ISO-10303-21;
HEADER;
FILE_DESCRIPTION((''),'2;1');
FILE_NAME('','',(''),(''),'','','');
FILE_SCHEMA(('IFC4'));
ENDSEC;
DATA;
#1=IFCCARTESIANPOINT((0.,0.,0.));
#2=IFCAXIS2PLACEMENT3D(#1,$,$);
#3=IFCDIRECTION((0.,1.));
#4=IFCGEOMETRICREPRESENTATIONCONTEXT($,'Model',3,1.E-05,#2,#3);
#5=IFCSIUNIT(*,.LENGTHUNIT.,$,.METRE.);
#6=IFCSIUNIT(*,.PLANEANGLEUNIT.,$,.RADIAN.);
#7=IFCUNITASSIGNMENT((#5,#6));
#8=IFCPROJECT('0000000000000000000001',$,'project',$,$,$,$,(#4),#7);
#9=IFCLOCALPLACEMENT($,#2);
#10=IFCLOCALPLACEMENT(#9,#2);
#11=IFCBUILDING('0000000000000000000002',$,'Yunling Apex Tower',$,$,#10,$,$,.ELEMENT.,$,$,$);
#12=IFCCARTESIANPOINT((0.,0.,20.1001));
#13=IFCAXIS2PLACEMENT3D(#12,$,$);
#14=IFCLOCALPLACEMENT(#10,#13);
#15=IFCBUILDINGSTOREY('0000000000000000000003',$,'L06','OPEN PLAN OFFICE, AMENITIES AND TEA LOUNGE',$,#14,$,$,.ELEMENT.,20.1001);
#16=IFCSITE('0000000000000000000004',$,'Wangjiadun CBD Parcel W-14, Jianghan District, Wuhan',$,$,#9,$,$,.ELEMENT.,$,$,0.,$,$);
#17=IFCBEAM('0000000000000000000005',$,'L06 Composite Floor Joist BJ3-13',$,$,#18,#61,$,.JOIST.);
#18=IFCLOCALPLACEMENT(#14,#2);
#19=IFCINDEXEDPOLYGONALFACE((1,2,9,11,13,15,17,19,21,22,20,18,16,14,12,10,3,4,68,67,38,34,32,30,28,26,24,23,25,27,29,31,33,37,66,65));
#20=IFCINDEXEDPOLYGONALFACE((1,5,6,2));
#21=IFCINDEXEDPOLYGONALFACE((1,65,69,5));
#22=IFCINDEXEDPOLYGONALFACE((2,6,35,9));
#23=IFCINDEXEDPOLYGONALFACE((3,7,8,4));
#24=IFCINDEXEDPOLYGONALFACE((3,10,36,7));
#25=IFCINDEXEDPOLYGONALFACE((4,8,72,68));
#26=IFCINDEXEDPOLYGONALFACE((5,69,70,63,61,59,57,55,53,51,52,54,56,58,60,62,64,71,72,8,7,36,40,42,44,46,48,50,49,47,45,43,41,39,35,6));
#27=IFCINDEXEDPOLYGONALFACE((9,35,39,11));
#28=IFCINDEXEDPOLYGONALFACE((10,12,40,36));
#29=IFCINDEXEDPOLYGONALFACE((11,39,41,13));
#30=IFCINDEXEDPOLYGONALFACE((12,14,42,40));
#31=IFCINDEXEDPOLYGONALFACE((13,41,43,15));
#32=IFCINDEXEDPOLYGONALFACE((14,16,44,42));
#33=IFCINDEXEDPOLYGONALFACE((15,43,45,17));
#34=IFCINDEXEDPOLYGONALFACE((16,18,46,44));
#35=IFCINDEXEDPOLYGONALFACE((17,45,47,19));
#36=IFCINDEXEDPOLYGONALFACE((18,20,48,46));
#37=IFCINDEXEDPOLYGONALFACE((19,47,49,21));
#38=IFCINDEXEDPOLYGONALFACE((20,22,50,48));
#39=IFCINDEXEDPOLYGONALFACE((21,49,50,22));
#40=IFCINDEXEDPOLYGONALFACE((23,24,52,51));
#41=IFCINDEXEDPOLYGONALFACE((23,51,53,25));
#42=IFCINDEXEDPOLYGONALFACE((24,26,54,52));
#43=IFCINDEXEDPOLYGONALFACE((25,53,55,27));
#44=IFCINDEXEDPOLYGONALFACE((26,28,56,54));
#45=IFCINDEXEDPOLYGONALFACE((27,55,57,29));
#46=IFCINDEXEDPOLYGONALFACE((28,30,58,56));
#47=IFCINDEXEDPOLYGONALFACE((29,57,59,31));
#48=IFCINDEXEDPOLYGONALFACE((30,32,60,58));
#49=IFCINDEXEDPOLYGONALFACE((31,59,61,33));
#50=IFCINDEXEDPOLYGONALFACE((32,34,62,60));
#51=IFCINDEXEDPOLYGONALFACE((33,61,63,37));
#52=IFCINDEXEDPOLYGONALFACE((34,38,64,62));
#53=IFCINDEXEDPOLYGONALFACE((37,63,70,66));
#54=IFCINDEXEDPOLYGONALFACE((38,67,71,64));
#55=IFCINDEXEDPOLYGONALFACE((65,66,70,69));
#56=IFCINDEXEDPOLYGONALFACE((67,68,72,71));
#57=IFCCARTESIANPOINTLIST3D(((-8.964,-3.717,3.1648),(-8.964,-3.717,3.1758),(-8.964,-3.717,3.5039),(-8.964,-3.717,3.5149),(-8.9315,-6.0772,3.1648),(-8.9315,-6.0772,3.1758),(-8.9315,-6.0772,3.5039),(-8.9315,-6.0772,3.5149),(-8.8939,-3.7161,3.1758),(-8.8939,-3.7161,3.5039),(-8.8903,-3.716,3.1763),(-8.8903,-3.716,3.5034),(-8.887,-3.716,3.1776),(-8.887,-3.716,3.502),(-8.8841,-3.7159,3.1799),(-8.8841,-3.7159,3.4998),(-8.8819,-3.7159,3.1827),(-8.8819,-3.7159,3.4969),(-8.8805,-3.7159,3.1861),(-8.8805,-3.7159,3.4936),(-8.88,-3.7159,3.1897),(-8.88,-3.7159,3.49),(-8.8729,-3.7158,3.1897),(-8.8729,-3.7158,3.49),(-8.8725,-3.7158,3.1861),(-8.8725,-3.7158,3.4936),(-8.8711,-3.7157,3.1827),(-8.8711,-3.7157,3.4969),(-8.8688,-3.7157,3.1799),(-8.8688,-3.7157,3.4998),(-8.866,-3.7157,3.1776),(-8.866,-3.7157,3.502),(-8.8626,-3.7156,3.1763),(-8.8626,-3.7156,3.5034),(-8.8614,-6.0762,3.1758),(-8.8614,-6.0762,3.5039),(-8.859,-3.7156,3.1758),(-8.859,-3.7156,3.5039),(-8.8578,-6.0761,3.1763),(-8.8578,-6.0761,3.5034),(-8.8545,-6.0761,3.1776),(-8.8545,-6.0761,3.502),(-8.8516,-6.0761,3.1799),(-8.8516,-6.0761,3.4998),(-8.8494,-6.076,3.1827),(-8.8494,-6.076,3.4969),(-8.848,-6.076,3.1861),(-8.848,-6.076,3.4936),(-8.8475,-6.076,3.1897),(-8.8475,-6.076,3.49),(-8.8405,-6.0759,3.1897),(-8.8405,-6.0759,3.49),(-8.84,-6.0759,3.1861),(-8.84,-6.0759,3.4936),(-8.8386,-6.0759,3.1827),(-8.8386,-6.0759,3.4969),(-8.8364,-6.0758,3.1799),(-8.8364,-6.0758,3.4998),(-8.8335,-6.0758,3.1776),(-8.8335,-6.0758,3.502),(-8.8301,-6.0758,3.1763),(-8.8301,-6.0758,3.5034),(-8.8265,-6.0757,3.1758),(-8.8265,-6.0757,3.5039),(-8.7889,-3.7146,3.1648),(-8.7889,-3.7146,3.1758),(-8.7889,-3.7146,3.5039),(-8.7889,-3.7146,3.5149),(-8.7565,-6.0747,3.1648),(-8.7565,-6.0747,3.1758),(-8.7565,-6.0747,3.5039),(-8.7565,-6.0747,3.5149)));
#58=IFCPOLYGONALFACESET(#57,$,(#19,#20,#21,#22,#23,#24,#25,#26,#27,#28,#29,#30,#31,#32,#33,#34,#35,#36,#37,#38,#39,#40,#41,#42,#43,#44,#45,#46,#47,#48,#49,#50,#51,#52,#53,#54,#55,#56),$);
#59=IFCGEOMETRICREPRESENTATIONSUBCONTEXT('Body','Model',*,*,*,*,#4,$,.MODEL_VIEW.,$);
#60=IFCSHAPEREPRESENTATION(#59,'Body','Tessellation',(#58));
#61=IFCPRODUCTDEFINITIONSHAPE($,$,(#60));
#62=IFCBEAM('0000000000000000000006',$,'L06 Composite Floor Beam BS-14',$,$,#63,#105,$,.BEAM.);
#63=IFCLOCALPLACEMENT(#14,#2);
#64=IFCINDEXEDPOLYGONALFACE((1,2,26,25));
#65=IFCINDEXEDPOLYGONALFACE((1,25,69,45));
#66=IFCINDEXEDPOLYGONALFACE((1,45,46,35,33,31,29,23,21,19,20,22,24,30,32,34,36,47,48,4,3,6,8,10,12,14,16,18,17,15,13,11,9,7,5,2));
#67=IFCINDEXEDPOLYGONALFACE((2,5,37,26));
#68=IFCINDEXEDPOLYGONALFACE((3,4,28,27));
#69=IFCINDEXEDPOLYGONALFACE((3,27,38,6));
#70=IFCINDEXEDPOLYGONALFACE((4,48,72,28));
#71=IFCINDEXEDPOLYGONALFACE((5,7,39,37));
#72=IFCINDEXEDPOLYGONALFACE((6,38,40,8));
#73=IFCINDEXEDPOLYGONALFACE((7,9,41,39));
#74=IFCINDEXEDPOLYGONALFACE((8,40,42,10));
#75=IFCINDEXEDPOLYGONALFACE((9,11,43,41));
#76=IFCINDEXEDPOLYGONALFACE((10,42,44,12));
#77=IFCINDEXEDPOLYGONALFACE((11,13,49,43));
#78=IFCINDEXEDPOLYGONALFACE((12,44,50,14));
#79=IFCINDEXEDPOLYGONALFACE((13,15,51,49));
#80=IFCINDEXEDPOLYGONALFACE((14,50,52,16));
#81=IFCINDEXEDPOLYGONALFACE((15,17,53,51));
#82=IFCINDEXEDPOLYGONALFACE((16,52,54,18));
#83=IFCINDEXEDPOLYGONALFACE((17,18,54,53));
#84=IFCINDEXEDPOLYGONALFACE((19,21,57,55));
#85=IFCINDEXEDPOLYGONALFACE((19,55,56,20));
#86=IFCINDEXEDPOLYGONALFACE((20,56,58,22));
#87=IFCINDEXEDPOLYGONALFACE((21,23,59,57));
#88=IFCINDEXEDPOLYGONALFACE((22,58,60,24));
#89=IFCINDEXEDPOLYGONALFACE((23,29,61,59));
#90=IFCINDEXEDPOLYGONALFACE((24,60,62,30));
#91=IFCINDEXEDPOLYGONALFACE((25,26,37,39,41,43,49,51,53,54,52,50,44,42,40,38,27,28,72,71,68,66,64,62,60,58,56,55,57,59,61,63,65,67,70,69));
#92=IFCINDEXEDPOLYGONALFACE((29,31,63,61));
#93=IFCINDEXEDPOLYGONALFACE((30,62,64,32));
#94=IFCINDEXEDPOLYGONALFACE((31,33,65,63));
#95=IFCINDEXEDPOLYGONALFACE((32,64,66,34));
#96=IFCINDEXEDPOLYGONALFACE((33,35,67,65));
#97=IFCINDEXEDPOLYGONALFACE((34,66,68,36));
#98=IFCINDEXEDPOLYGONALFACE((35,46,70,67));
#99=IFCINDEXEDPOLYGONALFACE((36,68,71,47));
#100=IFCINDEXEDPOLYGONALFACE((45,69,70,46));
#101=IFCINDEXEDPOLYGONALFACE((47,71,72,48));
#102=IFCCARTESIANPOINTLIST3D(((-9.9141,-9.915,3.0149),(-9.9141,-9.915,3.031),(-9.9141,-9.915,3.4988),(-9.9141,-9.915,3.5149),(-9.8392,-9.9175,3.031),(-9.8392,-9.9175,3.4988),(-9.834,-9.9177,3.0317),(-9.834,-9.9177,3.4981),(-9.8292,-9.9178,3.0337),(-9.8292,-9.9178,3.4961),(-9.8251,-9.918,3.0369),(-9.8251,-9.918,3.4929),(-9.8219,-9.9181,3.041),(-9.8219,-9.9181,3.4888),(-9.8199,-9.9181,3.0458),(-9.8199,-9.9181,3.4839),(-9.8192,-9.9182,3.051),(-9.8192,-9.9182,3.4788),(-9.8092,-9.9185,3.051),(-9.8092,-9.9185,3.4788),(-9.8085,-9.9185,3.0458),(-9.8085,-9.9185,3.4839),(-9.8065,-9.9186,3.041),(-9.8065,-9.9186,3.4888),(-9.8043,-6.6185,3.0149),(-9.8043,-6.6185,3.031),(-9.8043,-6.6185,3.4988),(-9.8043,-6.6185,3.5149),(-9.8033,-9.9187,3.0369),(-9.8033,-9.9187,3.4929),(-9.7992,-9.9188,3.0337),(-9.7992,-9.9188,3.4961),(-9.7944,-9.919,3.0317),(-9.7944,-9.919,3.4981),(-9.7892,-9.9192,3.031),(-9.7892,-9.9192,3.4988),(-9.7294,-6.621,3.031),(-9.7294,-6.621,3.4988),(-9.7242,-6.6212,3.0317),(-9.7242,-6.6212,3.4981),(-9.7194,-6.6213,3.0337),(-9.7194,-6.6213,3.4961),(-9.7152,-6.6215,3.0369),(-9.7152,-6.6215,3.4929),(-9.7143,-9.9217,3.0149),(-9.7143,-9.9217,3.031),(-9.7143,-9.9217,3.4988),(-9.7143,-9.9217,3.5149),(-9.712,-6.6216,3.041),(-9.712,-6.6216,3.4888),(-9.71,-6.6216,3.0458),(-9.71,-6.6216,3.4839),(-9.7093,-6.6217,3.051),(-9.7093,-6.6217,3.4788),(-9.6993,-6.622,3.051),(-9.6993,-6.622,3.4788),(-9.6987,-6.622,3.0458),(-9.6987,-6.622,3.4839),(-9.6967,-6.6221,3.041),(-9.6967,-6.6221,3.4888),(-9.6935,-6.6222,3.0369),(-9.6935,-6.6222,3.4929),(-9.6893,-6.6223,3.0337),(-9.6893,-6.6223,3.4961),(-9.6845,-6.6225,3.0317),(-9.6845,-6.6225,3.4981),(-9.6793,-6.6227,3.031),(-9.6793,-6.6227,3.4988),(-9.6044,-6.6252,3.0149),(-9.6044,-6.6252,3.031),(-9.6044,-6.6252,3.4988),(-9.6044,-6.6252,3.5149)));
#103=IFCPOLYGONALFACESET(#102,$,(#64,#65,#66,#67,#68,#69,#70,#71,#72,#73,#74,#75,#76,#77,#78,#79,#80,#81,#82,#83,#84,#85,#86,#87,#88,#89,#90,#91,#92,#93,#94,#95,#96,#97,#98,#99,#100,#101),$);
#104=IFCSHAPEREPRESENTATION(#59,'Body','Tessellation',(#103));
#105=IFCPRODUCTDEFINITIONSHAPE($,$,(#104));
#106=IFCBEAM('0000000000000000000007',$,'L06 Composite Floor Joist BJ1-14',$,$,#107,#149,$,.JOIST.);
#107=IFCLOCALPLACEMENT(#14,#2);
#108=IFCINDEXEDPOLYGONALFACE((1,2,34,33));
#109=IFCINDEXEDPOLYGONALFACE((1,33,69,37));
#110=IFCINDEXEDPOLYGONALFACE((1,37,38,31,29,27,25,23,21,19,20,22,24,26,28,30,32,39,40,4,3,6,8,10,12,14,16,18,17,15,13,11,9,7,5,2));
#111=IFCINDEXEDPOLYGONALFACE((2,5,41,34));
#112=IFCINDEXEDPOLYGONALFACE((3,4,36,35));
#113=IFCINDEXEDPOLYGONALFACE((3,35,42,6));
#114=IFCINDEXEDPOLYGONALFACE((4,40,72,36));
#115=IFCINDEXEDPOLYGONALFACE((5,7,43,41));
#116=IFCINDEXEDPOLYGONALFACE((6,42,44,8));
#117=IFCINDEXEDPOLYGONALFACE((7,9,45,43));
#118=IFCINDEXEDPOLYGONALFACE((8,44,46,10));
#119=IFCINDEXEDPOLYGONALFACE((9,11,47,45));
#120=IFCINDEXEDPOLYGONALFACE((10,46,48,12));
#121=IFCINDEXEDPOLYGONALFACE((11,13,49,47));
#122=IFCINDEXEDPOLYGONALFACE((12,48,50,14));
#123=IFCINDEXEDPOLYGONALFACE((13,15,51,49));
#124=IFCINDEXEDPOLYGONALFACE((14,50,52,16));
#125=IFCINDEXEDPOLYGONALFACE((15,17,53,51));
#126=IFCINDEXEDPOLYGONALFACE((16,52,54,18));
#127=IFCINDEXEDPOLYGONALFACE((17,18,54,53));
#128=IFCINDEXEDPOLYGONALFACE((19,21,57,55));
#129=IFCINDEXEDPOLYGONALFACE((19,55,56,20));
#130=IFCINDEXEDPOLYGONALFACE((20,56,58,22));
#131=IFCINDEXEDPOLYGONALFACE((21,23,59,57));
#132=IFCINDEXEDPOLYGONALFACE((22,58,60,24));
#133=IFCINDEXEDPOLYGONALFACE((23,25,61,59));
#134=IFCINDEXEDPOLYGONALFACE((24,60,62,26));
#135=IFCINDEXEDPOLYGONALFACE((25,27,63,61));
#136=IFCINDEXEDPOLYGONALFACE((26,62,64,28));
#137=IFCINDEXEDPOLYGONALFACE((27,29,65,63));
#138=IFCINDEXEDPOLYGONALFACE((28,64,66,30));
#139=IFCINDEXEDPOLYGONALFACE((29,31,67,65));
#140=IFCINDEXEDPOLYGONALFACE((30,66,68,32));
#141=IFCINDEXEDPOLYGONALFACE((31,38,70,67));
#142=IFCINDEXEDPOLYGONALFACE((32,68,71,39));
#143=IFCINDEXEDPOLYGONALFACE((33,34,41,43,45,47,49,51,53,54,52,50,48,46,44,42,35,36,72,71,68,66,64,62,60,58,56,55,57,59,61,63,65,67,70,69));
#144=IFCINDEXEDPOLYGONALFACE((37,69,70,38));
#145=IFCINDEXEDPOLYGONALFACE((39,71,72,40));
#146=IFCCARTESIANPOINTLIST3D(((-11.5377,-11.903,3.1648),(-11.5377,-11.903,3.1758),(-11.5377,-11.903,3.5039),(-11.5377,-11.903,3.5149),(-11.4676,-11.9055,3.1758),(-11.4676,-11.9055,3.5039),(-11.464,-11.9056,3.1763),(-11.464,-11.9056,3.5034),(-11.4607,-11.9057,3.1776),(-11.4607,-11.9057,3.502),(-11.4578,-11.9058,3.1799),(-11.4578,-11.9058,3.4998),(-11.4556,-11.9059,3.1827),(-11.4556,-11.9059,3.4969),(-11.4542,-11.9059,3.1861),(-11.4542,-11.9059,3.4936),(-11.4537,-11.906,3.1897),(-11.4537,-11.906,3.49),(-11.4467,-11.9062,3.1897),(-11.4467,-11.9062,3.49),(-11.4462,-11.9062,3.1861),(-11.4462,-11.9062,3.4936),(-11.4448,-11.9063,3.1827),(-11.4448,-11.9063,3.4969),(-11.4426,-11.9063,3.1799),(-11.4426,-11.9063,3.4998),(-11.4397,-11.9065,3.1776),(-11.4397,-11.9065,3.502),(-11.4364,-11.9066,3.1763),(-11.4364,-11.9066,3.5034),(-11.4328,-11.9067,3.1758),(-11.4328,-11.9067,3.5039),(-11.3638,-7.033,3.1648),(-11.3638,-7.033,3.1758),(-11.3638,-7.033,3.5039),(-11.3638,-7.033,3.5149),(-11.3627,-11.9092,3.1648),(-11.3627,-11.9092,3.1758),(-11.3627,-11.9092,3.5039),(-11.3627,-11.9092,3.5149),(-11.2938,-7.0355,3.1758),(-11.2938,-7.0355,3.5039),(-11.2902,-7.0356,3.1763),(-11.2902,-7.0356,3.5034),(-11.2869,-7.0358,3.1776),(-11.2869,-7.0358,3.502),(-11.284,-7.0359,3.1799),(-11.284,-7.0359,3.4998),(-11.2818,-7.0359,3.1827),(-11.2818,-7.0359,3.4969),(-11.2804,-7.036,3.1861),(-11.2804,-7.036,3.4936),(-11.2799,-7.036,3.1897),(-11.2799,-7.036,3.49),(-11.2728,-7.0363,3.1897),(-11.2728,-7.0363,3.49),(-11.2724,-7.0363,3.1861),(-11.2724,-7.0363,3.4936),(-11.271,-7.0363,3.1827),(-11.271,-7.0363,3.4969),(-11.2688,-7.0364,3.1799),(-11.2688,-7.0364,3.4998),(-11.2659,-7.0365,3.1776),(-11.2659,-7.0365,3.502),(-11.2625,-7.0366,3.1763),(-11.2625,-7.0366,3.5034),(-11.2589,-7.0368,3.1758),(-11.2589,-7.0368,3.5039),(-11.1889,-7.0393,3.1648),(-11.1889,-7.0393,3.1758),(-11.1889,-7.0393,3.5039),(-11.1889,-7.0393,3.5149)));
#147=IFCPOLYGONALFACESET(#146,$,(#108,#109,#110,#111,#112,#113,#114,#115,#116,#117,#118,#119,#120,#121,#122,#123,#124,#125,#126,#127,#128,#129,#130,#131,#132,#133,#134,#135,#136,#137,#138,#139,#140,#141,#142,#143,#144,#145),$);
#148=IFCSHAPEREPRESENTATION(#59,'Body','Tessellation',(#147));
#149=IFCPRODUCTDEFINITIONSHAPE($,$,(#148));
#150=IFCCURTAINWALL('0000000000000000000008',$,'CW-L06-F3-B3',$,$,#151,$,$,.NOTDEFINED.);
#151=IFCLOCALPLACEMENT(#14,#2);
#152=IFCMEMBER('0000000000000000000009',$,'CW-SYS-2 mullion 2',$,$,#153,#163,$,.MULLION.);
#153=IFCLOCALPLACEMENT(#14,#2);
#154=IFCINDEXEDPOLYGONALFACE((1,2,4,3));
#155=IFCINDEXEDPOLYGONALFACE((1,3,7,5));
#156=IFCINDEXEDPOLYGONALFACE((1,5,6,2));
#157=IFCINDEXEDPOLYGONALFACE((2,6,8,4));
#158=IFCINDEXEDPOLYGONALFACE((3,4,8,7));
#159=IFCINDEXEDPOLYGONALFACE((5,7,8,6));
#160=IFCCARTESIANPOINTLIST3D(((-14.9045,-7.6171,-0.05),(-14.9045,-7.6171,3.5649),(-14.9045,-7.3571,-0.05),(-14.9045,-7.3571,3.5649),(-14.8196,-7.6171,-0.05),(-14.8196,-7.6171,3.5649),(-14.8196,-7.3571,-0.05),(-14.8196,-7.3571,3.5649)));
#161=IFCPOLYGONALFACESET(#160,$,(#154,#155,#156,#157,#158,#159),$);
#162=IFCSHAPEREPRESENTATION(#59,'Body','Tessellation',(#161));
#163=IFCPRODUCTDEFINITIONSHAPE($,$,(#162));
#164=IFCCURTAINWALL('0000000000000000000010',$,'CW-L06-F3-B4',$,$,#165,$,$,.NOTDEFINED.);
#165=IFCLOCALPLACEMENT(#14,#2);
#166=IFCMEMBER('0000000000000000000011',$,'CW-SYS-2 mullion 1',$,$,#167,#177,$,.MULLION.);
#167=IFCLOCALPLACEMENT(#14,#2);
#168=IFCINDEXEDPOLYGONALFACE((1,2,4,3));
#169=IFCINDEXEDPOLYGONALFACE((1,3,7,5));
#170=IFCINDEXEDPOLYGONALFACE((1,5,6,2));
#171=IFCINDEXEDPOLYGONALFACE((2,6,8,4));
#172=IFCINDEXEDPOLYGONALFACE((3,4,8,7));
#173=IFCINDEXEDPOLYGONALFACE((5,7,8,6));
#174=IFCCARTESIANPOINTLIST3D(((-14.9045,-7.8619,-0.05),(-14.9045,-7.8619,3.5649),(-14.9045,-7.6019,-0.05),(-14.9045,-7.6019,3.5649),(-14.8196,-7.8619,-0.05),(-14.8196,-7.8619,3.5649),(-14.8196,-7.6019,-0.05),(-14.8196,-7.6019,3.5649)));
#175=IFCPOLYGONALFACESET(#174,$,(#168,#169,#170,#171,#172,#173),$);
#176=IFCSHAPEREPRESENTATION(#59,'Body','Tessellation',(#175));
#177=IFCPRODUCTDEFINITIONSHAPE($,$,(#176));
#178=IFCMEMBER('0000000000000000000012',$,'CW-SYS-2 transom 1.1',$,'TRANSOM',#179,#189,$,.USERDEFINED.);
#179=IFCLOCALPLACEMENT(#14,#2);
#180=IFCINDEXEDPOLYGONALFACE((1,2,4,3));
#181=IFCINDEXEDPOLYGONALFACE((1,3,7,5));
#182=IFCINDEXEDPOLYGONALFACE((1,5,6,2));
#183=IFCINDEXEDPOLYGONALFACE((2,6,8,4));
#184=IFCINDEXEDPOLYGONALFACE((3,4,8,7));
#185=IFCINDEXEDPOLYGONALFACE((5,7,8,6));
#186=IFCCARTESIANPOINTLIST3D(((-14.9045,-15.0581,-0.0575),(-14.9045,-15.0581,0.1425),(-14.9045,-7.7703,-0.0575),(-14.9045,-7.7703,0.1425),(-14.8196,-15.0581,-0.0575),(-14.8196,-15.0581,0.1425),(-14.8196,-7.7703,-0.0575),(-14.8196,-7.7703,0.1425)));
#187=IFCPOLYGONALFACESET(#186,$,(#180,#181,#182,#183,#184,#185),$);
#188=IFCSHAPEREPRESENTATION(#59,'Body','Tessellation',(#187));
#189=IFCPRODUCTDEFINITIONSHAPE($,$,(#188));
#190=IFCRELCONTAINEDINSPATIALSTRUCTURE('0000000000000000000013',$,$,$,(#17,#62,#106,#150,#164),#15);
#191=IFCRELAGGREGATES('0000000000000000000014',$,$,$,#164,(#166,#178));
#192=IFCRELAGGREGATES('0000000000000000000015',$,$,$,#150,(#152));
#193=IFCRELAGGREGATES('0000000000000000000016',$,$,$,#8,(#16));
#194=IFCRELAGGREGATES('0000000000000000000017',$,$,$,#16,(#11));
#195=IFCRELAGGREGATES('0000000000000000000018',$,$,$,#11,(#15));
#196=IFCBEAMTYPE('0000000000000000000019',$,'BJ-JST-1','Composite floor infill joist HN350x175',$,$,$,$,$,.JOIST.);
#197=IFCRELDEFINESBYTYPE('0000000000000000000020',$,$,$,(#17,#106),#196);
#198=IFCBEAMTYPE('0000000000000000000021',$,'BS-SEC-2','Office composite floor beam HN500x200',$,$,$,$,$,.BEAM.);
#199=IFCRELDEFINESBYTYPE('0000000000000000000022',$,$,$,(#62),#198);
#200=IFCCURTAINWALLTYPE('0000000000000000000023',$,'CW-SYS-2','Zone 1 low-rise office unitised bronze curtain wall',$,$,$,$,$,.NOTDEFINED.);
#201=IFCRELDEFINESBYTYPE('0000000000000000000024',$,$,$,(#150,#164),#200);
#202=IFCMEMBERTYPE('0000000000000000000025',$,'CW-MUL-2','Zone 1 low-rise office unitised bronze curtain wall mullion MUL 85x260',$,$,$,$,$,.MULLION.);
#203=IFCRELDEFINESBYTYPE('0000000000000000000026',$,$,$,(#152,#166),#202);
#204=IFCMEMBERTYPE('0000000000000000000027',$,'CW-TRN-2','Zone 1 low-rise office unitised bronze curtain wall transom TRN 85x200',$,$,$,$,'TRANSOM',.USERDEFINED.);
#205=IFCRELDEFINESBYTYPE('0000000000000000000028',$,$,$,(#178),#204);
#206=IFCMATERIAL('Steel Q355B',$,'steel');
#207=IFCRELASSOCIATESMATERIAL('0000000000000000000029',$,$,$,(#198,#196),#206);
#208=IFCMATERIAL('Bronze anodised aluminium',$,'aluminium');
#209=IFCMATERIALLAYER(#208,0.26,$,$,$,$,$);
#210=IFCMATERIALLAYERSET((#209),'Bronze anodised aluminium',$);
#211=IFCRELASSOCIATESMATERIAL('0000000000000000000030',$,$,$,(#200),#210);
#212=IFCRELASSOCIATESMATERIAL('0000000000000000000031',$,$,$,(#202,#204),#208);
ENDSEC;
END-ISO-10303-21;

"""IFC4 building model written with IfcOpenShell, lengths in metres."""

from ifc_helpers import new_model, si_unit, direction, frame, origin, origin_2d, place, context, subcontext, project, spatial, rectangle, i_section, extrude, source, transform, mapped, material, layer, layer_set, material_profile, profile_set, type_object, element, aggregate, save


model = new_model("IFC4")

# Units and contexts
model_context = context("Model", 3, precision=1e-05, world=origin(), true_north=direction((0.0, 1.0)))
body_context = subcontext(model_context, "Body", "Model", "MODEL_VIEW")
ifc_project = project(units=[si_unit("LENGTHUNIT", "METRE"), si_unit("PLANEANGLEUNIT", "RADIAN")], contexts=[model_context])

# Site, building, storey
site_placement = place(None, origin())
site = spatial("IfcSite", under=ifc_project, at=site_placement, Name="Wangjiadun CBD Parcel W-14, Jianghan District, Wuhan", CompositionType="ELEMENT", RefElevation=0.0)
building_placement = place(site_placement, origin())
building = spatial("IfcBuilding", under=site, at=building_placement, Name="Yunling Apex Tower", CompositionType="ELEMENT")
storey_placement = place(building_placement, frame((0.0, 0.0, 20.1001)))
storey = spatial("IfcBuildingStorey", under=building, at=storey_placement, Name="L06", Description="OPEN PLAN OFFICE, AMENITIES AND TEA LOUNGE", CompositionType="ELEMENT", Elevation=20.1001)

# Beams
ifc_material_1 = material(Name="Steel Q355B", Category="steel")
ifc_material_profile_1 = material_profile(ifc_material_1, i_section(OverallWidth=0.2, OverallDepth=0.5, WebThickness=0.01, FlangeThickness=0.0161, FilletRadius=0.02, at=origin_2d()))
ifc_profile_set_1 = profile_set([ifc_material_profile_1], Name="Steel Q355B")
beam_type_1 = type_object("IfcBeamType", Name="BS-SEC-2", Description="Office composite floor beam HN500x200", PredefinedType="BEAM", material=ifc_profile_set_1)
ifc_material_profile_2 = material_profile(ifc_material_1, i_section(OverallWidth=0.175, OverallDepth=0.3501, WebThickness=0.0071, FlangeThickness=0.011, FilletRadius=0.0139, at=origin_2d()))
ifc_profile_set_2 = profile_set([ifc_material_profile_2], Name="Steel Q355B")
beam_type_2 = type_object("IfcBeamType", Name="BJ-JST-1", Description="Composite floor infill joist HN350x175", PredefinedType="JOIST", material=ifc_profile_set_2)
shared_shape_1 = source(origin(), body_context, "Body", "SweptSolid", [
    extrude(i_section(OverallWidth=0.175, OverallDepth=0.3501, WebThickness=0.0071, FlangeThickness=0.011, FilletRadius=0.0139, at=origin_2d()), origin(), (0.0, 0.0, 1.0), 2.3604),
])
beam_1_placement = place(storey_placement, frame((-8.8765, -3.7158, 3.3398), z_axis=(0.013757, -0.999905, 0.0), x_axis=(0.999905, 0.013757, 0.0)))
element("IfcBeam", 1, at=beam_1_placement, inside=storey, type_object=beam_type_2, Name="L06 Composite Floor Joist BJ3-13", PredefinedType="JOIST", context=body_context, shape_type="MappedRepresentation", body=[
    mapped(shared_shape_1, transform((0.0, 0.0, 0.0), scale=1.0)),
])
shared_shape_2 = source(origin(), body_context, "Body", "SweptSolid", [
    extrude(i_section(OverallWidth=0.2, OverallDepth=0.5, WebThickness=0.01, FlangeThickness=0.0161, FilletRadius=0.02, at=origin_2d()), origin(), (0.0, 0.0, 1.0), 3.2983),
])
beam_2_placement = place(storey_placement, frame((-9.7043, -6.6218, 3.2649), z_axis=(-0.033307, -0.999445, 0.0), x_axis=(0.999445, -0.033307, 0.0)))
element("IfcBeam", 2, at=beam_2_placement, inside=storey, type_object=beam_type_1, Name="L06 Composite Floor Beam BS-14", PredefinedType="BEAM", context=body_context, shape_type="MappedRepresentation", body=[
    mapped(shared_shape_2, transform((0.0, 0.0, 0.0), scale=1.0)),
])
shared_shape_3 = source(origin(), body_context, "Body", "SweptSolid", [
    extrude(i_section(OverallWidth=0.175, OverallDepth=0.3501, WebThickness=0.0071, FlangeThickness=0.011, FilletRadius=0.0139, at=origin_2d()), origin(), (0.0, 0.0, 1.0), 4.873),
])
beam_3_placement = place(storey_placement, frame((-11.2764, -7.0361, 3.3398), z_axis=(-0.035672, -0.999364, 0.0), x_axis=(0.999364, -0.035672, 0.0)))
element("IfcBeam", 3, at=beam_3_placement, inside=storey, type_object=beam_type_2, Name="L06 Composite Floor Joist BJ1-14", PredefinedType="JOIST", context=body_context, shape_type="MappedRepresentation", body=[
    mapped(shared_shape_3, transform((0.0, 0.0, 0.0), scale=1.0)),
])

# Curtain wall, member
ifc_material_2 = material(Name="Bronze anodised aluminium", Category="aluminium")
ifc_layer_1 = layer(ifc_material_2, 0.26)
ifc_layer_set_1 = layer_set([ifc_layer_1], Name="Bronze anodised aluminium")
curtain_wall_type = type_object("IfcCurtainWallType", Name="CW-SYS-2", Description="Zone 1 low-rise office unitised bronze curtain wall", PredefinedType="NOTDEFINED", material=ifc_layer_set_1)
curtain_wall_1_placement = place(storey_placement, origin())
curtain_wall_1 = element("IfcCurtainWall", 4, at=curtain_wall_1_placement, inside=storey, type_object=curtain_wall_type, Name="CW-L06-F3-B3", PredefinedType="NOTDEFINED")
ifc_material_profile_3 = material_profile(ifc_material_2, rectangle(XDim=0.085, YDim=0.26, at=origin_2d()))
ifc_profile_set_3 = profile_set([ifc_material_profile_3], Name="Bronze anodised aluminium")
member_type_1 = type_object("IfcMemberType", Name="CW-MUL-2", Description="Zone 1 low-rise office unitised bronze curtain wall mullion MUL 85x260", PredefinedType="MULLION", material=ifc_profile_set_3)
shared_shape_4 = source(origin(), body_context, "Body", "SweptSolid", [
    extrude(rectangle(XDim=0.085, YDim=0.26, at=origin_2d()), origin(), (0.0, 0.0, 1.0), 3.615),
])
member_1_placement = place(storey_placement, frame((-14.8621, -7.4871, -0.05), z_axis=(0.0, 0.0, 1.0), x_axis=(1.0, 0.0, 0.0)))
member_1 = element("IfcMember", 5, at=member_1_placement, type_object=member_type_1, Name="CW-SYS-2 mullion 2", PredefinedType="MULLION", context=body_context, shape_type="MappedRepresentation", body=[
    mapped(shared_shape_4, transform((0.0, 0.0, 0.0), scale=1.0)),
])

# Curtain wall, members
curtain_wall_2_placement = place(storey_placement, origin())
curtain_wall_2 = element("IfcCurtainWall", 6, at=curtain_wall_2_placement, inside=storey, type_object=curtain_wall_type, Name="CW-L06-F3-B4", PredefinedType="NOTDEFINED")
member_2_placement = place(storey_placement, frame((-14.8621, -7.7319, -0.05), z_axis=(0.0, 0.0, 1.0), x_axis=(1.0, 0.0, 0.0)))
member_2 = element("IfcMember", 7, at=member_2_placement, type_object=member_type_1, Name="CW-SYS-2 mullion 1", PredefinedType="MULLION", context=body_context, shape_type="MappedRepresentation", body=[
    mapped(shared_shape_4, transform((0.0, 0.0, 0.0), scale=1.0)),
])
ifc_material_profile_4 = material_profile(ifc_material_2, rectangle(XDim=0.085, YDim=0.2, at=origin_2d()))
ifc_profile_set_4 = profile_set([ifc_material_profile_4], Name="Bronze anodised aluminium")
member_type_2 = type_object("IfcMemberType", Name="CW-TRN-2", Description="Zone 1 low-rise office unitised bronze curtain wall transom TRN 85x200", ElementType="TRANSOM", PredefinedType="USERDEFINED", material=ifc_profile_set_4)
shared_shape_5 = source(origin(), body_context, "Body", "SweptSolid", [
    extrude(rectangle(XDim=0.085, YDim=0.2, at=origin_2d()), origin(), (0.0, 0.0, 1.0), 7.2878),
])
member_3_placement = place(storey_placement, frame((-14.8621, -7.7703, 0.0425), z_axis=(0.0, -1.0, 0.0), x_axis=(1.0, 0.0, 0.0)))
member_3 = element("IfcMember", 8, at=member_3_placement, type_object=member_type_2, Name="CW-SYS-2 transom 1.1", ObjectType="TRANSOM", PredefinedType="USERDEFINED", context=body_context, shape_type="MappedRepresentation", body=[
    mapped(shared_shape_5, transform((0.0, 0.0, 0.0), scale=1.0)),
])
aggregate(curtain_wall_2, [member_2, member_3])

aggregate(curtain_wall_1, [member_1])

save(model, "model.ifc")
